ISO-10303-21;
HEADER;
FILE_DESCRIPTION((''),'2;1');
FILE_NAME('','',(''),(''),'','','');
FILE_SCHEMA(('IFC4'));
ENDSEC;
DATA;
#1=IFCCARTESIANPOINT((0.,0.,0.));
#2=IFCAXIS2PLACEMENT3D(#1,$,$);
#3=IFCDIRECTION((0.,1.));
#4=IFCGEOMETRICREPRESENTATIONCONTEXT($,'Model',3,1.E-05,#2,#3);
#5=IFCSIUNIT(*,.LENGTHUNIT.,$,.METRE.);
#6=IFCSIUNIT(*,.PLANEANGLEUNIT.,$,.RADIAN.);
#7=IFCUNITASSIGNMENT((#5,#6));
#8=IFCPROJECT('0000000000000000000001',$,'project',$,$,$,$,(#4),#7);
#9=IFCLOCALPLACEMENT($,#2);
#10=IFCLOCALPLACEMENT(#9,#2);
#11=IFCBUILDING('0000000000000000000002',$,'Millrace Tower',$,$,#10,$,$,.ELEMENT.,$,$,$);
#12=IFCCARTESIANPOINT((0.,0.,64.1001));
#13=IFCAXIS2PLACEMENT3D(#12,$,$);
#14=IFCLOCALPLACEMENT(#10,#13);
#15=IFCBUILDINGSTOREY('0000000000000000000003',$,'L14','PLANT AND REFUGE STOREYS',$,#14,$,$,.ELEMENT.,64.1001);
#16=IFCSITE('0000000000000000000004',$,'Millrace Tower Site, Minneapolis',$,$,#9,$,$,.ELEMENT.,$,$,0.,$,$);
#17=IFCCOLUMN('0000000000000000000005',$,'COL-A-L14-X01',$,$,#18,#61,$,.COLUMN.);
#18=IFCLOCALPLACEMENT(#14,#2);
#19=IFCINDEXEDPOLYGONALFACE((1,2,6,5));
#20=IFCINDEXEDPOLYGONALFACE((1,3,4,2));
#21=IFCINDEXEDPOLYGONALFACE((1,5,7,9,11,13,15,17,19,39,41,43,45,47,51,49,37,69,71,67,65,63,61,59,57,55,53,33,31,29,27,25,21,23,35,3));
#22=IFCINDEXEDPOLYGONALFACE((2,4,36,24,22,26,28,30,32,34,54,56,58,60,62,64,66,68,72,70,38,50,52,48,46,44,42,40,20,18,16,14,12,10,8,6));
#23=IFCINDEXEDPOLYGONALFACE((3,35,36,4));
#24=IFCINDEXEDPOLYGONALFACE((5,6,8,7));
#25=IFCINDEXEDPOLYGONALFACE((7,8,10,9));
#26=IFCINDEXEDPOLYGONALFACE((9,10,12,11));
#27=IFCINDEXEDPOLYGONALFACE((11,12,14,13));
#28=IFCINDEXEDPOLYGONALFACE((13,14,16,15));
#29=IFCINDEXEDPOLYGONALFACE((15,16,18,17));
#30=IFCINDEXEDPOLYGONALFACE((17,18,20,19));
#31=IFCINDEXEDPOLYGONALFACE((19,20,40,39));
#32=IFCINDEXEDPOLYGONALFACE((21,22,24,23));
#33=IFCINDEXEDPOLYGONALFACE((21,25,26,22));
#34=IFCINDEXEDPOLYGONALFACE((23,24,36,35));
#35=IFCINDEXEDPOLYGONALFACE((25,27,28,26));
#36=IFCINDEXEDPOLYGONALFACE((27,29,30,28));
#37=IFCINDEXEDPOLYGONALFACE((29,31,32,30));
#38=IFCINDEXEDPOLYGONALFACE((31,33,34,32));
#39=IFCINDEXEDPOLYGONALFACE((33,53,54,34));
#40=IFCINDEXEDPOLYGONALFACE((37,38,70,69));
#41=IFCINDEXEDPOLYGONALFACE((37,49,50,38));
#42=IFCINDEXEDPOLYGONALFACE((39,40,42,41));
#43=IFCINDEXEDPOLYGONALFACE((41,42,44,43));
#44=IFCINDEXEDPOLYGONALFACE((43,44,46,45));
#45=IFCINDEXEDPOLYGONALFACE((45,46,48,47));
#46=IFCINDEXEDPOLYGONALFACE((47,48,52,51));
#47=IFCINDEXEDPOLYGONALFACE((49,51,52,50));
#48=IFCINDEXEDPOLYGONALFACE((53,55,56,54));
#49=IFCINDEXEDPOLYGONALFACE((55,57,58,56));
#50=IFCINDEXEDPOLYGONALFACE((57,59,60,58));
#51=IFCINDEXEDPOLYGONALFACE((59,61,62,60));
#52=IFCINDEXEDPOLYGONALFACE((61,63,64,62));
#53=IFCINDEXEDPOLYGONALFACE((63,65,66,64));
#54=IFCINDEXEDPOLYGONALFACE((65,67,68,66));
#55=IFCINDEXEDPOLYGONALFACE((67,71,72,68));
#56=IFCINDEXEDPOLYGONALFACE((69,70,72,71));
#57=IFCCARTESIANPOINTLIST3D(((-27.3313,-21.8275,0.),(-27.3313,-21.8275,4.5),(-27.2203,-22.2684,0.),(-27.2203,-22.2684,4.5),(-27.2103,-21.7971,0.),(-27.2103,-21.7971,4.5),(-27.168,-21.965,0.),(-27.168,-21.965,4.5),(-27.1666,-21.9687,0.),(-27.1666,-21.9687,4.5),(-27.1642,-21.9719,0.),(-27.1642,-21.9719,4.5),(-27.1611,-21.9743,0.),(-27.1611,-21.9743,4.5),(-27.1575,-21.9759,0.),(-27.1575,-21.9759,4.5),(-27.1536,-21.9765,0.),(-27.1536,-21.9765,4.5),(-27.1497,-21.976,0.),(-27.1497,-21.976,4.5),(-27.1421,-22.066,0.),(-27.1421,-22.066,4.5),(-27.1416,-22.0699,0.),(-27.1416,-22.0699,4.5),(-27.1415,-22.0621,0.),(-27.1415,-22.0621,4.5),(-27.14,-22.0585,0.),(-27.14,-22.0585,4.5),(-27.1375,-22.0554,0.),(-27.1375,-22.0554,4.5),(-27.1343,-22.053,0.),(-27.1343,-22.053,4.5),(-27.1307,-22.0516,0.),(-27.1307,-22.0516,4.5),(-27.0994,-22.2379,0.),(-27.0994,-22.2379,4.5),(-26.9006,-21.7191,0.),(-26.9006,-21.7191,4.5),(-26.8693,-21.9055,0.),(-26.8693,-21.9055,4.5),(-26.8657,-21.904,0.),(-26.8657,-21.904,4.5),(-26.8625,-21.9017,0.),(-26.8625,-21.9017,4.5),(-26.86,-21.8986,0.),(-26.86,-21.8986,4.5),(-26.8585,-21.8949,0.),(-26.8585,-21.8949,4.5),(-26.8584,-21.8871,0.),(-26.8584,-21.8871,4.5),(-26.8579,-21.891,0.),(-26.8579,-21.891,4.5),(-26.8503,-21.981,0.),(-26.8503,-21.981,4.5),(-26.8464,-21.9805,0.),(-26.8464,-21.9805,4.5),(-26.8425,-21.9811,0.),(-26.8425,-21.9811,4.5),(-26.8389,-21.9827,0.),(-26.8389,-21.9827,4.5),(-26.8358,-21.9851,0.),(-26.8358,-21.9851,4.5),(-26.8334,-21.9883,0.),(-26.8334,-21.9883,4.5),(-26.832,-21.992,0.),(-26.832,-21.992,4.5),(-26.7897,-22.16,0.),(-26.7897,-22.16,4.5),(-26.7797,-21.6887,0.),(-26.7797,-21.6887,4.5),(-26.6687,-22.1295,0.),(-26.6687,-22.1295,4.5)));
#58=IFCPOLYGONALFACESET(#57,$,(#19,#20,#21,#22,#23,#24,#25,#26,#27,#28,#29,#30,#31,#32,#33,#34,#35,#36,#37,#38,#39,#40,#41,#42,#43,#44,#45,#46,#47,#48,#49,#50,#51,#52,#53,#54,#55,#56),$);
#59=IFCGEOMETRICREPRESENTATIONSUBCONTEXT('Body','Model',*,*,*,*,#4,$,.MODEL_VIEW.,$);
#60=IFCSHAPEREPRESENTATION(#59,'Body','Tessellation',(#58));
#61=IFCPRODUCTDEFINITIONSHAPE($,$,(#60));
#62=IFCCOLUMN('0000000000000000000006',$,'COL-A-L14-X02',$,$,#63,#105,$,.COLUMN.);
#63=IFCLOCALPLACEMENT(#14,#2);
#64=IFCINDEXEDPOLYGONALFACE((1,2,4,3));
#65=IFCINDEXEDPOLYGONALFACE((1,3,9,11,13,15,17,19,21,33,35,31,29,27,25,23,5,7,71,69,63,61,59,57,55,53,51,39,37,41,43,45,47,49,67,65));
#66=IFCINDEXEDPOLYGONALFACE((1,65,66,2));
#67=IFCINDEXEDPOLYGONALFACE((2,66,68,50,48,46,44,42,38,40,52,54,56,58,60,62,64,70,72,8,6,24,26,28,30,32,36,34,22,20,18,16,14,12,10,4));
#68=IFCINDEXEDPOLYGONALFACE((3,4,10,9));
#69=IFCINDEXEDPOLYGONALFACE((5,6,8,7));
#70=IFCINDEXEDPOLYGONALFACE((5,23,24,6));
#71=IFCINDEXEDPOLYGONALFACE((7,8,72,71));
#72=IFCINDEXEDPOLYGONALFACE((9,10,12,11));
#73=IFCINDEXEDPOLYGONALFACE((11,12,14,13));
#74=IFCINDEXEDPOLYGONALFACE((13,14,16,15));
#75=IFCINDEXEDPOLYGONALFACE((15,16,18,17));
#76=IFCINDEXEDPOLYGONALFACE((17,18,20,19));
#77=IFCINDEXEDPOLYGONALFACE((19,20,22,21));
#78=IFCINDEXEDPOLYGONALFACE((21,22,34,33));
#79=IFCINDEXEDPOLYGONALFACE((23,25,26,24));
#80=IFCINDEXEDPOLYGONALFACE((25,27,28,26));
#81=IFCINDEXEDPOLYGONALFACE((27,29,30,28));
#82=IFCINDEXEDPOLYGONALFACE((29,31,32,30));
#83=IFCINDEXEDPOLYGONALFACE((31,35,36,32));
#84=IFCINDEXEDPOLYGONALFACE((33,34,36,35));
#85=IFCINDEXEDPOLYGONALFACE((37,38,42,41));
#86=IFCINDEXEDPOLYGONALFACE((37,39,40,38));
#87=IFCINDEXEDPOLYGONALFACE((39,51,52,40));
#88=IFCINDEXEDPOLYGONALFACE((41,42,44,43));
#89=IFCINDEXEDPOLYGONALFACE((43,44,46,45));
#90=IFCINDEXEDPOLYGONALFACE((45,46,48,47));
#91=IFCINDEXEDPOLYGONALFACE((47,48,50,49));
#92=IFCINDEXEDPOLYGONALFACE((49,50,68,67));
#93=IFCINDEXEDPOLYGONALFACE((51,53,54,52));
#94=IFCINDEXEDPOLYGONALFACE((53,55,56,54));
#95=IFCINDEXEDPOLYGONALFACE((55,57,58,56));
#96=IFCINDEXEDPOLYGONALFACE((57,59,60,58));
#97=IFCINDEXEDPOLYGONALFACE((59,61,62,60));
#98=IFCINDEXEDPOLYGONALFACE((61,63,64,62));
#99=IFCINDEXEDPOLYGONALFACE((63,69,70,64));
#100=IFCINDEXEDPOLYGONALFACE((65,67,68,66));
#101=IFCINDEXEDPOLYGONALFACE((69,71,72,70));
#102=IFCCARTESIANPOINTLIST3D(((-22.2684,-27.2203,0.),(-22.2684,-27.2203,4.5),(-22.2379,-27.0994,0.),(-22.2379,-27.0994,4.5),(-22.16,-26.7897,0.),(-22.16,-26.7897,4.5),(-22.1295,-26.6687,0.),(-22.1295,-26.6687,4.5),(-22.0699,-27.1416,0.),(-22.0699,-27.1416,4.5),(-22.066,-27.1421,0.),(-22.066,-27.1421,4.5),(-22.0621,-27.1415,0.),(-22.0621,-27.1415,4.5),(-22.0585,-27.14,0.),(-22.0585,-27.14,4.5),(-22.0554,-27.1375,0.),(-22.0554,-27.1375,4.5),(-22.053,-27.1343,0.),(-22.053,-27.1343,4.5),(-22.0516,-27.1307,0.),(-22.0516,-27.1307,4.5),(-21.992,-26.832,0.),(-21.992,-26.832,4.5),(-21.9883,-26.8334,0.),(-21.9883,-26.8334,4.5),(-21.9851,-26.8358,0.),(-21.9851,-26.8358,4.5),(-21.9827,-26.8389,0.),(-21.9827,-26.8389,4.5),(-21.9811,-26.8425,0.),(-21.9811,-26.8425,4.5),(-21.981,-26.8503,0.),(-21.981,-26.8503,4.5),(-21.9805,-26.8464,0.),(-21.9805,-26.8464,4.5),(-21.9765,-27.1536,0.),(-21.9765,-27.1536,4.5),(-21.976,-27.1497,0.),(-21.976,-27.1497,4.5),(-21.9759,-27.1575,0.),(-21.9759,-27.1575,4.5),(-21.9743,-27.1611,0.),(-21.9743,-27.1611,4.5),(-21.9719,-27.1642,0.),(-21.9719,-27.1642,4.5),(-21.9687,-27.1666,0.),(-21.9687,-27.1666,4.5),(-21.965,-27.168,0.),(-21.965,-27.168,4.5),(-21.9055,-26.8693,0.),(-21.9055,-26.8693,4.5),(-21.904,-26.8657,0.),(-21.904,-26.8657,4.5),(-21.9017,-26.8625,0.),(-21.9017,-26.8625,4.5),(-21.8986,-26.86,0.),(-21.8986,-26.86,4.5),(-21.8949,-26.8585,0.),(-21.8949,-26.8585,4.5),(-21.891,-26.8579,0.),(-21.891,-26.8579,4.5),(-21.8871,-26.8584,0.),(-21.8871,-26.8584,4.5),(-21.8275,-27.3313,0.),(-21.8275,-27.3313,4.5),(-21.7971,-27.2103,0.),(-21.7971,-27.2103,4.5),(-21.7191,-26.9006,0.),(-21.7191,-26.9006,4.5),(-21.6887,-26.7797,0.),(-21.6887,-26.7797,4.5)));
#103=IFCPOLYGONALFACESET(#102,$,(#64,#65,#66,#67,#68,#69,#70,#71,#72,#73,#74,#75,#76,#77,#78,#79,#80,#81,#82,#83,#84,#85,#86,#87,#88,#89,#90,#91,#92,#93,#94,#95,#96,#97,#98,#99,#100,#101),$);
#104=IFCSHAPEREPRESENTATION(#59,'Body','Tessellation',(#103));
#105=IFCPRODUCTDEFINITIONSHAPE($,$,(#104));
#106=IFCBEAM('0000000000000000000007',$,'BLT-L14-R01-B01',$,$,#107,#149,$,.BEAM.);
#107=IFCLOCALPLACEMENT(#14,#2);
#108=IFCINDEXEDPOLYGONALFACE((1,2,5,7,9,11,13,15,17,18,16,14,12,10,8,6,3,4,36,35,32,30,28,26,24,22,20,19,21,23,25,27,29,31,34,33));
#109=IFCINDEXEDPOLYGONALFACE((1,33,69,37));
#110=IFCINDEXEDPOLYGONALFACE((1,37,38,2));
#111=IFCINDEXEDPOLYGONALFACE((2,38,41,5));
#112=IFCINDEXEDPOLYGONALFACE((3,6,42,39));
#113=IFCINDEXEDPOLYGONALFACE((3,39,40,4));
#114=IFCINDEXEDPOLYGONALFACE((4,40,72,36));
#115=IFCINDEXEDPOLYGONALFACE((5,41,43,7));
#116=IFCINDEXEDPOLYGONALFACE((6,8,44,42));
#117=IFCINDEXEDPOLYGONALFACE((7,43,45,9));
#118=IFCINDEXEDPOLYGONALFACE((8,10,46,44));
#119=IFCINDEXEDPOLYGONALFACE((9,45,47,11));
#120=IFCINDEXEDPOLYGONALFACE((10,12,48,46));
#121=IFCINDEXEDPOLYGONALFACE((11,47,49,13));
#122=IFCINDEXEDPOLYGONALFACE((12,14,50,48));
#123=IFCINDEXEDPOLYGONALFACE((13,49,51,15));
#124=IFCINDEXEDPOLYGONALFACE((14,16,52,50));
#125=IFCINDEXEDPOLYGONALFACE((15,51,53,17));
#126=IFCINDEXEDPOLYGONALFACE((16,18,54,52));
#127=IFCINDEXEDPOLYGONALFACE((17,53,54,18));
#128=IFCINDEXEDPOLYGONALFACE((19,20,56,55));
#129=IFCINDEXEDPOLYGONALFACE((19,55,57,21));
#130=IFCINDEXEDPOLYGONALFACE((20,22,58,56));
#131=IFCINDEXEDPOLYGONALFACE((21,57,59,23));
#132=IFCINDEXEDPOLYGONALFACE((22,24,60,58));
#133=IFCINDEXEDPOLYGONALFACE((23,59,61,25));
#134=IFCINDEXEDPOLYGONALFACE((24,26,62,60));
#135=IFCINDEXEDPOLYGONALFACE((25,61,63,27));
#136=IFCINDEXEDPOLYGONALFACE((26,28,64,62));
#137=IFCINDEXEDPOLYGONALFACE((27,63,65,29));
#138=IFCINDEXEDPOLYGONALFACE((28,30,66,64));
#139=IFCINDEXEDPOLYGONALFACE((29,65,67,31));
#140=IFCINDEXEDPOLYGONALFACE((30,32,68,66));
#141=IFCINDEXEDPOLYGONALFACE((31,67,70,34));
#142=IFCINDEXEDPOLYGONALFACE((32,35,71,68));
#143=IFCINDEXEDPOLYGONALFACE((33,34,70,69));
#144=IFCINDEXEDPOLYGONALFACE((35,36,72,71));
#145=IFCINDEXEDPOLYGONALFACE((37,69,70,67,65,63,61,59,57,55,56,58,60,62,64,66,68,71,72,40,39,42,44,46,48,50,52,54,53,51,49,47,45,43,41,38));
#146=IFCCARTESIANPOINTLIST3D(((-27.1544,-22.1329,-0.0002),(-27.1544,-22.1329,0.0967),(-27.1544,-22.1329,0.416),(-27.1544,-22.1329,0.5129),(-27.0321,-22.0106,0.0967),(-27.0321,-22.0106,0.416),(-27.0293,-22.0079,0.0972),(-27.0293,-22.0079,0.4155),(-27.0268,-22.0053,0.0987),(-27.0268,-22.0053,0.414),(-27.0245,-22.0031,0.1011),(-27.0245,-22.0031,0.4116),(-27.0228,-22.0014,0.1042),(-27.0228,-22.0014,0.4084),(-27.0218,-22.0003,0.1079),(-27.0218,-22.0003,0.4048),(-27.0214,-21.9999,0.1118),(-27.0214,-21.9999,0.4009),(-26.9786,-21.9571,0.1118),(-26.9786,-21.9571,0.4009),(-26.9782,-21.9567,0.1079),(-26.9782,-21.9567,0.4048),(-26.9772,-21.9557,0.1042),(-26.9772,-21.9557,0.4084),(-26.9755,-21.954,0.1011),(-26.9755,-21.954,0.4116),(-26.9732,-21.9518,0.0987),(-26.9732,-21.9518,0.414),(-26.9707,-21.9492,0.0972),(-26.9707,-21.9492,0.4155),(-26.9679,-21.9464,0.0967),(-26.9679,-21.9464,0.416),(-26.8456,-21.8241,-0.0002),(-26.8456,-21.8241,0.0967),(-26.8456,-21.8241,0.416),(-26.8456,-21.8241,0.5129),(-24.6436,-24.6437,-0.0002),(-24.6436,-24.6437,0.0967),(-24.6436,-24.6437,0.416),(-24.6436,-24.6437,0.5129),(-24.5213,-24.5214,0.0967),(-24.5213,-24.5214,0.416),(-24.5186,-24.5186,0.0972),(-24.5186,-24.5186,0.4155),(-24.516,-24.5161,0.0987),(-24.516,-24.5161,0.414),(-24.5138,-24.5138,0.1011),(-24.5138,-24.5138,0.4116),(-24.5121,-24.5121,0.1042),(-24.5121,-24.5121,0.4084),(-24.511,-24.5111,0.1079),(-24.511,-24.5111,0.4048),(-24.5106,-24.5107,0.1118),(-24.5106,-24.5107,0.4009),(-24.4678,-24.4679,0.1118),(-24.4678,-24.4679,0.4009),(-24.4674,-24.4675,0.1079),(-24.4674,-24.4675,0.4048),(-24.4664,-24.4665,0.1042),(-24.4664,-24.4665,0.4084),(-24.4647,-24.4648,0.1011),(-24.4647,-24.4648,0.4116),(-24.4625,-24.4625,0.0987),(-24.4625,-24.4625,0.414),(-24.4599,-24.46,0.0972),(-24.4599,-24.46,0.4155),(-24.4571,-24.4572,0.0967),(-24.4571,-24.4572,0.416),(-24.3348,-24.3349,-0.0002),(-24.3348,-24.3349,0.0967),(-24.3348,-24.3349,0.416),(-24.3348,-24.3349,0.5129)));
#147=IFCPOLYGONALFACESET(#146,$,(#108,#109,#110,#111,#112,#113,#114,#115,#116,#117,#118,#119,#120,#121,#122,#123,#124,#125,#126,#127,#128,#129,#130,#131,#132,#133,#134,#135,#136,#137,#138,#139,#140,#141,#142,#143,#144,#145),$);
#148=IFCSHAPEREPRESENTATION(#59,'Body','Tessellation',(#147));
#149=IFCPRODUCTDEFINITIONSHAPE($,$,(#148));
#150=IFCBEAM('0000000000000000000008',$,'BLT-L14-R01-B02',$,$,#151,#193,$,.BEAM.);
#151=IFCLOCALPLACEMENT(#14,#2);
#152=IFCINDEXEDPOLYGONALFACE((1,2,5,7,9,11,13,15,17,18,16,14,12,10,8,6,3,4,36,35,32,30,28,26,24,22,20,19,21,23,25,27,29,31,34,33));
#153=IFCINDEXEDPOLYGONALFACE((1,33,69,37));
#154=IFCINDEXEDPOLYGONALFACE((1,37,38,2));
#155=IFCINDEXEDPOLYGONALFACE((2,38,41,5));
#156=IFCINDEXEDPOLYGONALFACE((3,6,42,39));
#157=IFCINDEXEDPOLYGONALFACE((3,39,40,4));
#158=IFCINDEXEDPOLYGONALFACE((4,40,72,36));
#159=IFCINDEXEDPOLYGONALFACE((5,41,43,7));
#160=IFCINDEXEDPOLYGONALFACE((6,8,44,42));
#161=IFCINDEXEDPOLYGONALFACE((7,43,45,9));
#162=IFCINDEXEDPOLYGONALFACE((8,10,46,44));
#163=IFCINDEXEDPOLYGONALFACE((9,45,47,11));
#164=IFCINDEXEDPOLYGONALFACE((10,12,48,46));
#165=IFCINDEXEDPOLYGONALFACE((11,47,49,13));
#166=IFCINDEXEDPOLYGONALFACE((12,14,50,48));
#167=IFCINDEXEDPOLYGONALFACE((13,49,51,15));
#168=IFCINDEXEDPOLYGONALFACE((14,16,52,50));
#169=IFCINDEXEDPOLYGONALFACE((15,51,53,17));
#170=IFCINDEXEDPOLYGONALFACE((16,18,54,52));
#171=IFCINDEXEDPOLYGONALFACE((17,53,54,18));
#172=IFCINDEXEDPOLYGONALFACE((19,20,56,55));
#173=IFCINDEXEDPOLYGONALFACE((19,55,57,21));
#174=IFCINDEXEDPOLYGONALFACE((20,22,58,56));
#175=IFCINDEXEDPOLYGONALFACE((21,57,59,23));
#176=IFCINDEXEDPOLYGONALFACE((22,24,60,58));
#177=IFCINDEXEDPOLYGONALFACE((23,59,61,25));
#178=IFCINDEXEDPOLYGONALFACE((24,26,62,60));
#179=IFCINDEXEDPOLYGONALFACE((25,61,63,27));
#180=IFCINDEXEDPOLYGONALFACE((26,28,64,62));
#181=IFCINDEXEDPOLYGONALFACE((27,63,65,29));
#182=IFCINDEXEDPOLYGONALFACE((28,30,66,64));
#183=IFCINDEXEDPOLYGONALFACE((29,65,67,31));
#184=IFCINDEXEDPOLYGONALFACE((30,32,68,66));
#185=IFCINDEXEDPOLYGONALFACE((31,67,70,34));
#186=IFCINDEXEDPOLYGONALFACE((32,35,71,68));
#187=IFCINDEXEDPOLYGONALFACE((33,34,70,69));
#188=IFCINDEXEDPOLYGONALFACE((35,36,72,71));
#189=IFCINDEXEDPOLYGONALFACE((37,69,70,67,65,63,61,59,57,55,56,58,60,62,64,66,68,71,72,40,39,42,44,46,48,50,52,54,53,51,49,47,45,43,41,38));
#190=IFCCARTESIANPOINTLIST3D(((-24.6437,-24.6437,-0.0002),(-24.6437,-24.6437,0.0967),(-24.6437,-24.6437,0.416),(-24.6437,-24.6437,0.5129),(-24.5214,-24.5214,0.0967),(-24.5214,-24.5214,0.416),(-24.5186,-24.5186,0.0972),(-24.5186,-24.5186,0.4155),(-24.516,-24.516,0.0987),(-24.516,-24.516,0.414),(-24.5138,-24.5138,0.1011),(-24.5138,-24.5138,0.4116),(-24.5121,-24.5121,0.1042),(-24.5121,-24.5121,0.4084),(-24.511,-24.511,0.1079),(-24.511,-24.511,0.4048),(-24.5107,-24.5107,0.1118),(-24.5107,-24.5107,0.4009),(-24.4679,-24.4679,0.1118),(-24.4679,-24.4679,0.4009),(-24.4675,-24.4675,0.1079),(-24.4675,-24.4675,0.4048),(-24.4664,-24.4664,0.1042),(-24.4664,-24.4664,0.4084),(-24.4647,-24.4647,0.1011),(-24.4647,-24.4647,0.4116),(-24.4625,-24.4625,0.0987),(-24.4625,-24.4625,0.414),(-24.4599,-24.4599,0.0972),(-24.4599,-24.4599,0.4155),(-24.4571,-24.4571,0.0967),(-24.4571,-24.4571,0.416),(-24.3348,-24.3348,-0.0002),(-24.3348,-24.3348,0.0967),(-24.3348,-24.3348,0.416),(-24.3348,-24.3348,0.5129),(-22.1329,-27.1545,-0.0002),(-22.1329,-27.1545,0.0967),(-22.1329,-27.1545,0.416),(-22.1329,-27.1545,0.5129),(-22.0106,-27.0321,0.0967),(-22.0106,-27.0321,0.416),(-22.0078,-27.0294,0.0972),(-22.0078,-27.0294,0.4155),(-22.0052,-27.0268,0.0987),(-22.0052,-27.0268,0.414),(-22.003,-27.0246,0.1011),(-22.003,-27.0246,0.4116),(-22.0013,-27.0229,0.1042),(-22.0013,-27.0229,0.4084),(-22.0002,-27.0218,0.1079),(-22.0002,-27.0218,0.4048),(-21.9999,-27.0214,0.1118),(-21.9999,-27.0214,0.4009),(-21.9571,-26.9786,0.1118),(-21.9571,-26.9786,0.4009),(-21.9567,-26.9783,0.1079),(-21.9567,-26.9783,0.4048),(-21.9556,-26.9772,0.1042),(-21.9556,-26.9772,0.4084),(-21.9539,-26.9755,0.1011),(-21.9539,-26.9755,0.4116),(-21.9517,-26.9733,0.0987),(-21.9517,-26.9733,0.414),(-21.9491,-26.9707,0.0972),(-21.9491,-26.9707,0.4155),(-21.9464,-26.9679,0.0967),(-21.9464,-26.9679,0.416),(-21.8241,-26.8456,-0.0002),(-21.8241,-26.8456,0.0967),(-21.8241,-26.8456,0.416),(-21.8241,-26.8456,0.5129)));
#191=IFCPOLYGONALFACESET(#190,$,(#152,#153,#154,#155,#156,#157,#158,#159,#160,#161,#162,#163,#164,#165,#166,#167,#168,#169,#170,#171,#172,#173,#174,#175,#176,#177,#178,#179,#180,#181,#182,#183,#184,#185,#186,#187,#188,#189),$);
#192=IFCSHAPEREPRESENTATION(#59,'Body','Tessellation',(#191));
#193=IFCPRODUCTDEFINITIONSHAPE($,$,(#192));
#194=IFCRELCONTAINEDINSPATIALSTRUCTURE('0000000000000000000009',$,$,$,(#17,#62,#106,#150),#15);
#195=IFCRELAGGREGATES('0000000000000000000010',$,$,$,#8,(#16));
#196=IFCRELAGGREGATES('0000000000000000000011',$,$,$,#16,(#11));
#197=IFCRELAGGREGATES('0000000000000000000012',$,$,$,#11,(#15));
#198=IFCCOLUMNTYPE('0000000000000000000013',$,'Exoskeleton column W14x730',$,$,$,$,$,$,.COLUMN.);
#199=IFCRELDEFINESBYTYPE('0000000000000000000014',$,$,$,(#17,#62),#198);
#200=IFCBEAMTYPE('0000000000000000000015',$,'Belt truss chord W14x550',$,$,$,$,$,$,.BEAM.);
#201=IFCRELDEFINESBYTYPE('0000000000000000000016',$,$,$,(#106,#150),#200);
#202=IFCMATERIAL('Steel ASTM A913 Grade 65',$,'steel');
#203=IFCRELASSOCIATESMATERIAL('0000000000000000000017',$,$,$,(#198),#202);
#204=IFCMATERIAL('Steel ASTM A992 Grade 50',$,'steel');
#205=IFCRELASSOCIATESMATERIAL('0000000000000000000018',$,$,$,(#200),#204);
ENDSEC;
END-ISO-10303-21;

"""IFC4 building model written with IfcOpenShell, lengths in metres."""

from ifc_helpers import new_model, si_unit, direction, frame, origin, origin_2d, place, context, subcontext, project, spatial, i_section, extrude, material, material_profile, profile_set, type_object, element, save


model = new_model("IFC4")

# Units and contexts
model_context = context("Model", 3, precision=1e-05, world=origin(), true_north=direction((0.0, 1.0)))
body_context = subcontext(model_context, "Body", "Model", "MODEL_VIEW")
ifc_project = project(units=[si_unit("LENGTHUNIT", "METRE"), si_unit("PLANEANGLEUNIT", "RADIAN")], contexts=[model_context])

# Site, building, storey
site_placement = place(None, origin())
site = spatial("IfcSite", under=ifc_project, at=site_placement, Name="Millrace Tower Site, Minneapolis", CompositionType="ELEMENT", RefElevation=0.0)
building_placement = place(site_placement, origin())
building = spatial("IfcBuilding", under=site, at=building_placement, Name="Millrace Tower", CompositionType="ELEMENT")
storey_placement = place(building_placement, frame((0.0, 0.0, 64.1001)))
storey = spatial("IfcBuildingStorey", under=building, at=storey_placement, Name="L14", Description="PLANT AND REFUGE STOREYS", CompositionType="ELEMENT", Elevation=64.1001)

# Columns
ifc_material_1 = material(Name="Steel ASTM A913 Grade 65", Category="steel")
ifc_material_profile_1 = material_profile(ifc_material_1, i_section(OverallWidth=0.4546, OverallDepth=0.5688, WebThickness=0.0779, FlangeThickness=0.1248, FilletRadius=0.0151, at=origin_2d()))
ifc_profile_set_1 = profile_set([ifc_material_profile_1], Name="Steel ASTM A913 Grade 65")
column_type = type_object("IfcColumnType", Name="Exoskeleton column W14x730", PredefinedType="COLUMN", material=ifc_profile_set_1)
for number, where, z_axis, x_axis, name in (
    (1, (-27.0, -21.9785, 0.0), (0.0, 0.0, 1.0), (0.244094, -0.969752, 0.0), "COL-A-L14-X01"),
    (2, (-21.9785, -27.0, 0.0), (0.0, 0.0, 1.0), (0.969752, -0.244094, 0.0), "COL-A-L14-X02"),
):
    element("IfcColumn", number, at=place(storey_placement, frame(where, z_axis=z_axis, x_axis=x_axis)), inside=storey, type_object=column_type, Name=name, PredefinedType="COLUMN", context=body_context, shape_type="SweptSolid", body=[
        extrude(i_section(OverallWidth=0.4546, OverallDepth=0.5688, WebThickness=0.0779, FlangeThickness=0.1248, FilletRadius=0.0151, at=origin_2d()), origin(), (0.0, 0.0, 1.0), 4.5),
    ])

# Beams
ifc_material_2 = material(Name="Steel ASTM A992 Grade 50", Category="steel")
ifc_material_profile_2 = material_profile(ifc_material_2, i_section(OverallWidth=0.4368, OverallDepth=0.5132, WebThickness=0.0605, FlangeThickness=0.0969, FilletRadius=0.0151, at=origin_2d()))
ifc_profile_set_2 = profile_set([ifc_material_profile_2], Name="Steel ASTM A992 Grade 50")
beam_type_1 = type_object("IfcBeamType", Name="Belt truss chord W14x550", PredefinedType="BEAM", material=ifc_profile_set_2)
for number, where, z_axis, x_axis, name in (
    (3, (-27.0, -21.9785, 0.2563), (0.707107, -0.707107, 0.0), (0.707107, 0.707107, 0.0), "BLT-L14-R01-B01"),
    (4, (-24.4893, -24.4893, 0.2563), (0.707107, -0.707107, 0.0), (0.707107, 0.707107, 0.0), "BLT-L14-R01-B02"),
):
    element("IfcBeam", number, at=place(storey_placement, frame(where, z_axis=z_axis, x_axis=x_axis)), inside=storey, type_object=beam_type_1, Name=name, PredefinedType="BEAM", context=body_context, shape_type="SweptSolid", body=[
        extrude(i_section(OverallWidth=0.4368, OverallDepth=0.5132, WebThickness=0.0605, FlangeThickness=0.0969, FilletRadius=0.0151, at=origin_2d()), origin(), (0.0, 0.0, 1.0), 3.5508),
    ])

save(model, "model.ifc")
